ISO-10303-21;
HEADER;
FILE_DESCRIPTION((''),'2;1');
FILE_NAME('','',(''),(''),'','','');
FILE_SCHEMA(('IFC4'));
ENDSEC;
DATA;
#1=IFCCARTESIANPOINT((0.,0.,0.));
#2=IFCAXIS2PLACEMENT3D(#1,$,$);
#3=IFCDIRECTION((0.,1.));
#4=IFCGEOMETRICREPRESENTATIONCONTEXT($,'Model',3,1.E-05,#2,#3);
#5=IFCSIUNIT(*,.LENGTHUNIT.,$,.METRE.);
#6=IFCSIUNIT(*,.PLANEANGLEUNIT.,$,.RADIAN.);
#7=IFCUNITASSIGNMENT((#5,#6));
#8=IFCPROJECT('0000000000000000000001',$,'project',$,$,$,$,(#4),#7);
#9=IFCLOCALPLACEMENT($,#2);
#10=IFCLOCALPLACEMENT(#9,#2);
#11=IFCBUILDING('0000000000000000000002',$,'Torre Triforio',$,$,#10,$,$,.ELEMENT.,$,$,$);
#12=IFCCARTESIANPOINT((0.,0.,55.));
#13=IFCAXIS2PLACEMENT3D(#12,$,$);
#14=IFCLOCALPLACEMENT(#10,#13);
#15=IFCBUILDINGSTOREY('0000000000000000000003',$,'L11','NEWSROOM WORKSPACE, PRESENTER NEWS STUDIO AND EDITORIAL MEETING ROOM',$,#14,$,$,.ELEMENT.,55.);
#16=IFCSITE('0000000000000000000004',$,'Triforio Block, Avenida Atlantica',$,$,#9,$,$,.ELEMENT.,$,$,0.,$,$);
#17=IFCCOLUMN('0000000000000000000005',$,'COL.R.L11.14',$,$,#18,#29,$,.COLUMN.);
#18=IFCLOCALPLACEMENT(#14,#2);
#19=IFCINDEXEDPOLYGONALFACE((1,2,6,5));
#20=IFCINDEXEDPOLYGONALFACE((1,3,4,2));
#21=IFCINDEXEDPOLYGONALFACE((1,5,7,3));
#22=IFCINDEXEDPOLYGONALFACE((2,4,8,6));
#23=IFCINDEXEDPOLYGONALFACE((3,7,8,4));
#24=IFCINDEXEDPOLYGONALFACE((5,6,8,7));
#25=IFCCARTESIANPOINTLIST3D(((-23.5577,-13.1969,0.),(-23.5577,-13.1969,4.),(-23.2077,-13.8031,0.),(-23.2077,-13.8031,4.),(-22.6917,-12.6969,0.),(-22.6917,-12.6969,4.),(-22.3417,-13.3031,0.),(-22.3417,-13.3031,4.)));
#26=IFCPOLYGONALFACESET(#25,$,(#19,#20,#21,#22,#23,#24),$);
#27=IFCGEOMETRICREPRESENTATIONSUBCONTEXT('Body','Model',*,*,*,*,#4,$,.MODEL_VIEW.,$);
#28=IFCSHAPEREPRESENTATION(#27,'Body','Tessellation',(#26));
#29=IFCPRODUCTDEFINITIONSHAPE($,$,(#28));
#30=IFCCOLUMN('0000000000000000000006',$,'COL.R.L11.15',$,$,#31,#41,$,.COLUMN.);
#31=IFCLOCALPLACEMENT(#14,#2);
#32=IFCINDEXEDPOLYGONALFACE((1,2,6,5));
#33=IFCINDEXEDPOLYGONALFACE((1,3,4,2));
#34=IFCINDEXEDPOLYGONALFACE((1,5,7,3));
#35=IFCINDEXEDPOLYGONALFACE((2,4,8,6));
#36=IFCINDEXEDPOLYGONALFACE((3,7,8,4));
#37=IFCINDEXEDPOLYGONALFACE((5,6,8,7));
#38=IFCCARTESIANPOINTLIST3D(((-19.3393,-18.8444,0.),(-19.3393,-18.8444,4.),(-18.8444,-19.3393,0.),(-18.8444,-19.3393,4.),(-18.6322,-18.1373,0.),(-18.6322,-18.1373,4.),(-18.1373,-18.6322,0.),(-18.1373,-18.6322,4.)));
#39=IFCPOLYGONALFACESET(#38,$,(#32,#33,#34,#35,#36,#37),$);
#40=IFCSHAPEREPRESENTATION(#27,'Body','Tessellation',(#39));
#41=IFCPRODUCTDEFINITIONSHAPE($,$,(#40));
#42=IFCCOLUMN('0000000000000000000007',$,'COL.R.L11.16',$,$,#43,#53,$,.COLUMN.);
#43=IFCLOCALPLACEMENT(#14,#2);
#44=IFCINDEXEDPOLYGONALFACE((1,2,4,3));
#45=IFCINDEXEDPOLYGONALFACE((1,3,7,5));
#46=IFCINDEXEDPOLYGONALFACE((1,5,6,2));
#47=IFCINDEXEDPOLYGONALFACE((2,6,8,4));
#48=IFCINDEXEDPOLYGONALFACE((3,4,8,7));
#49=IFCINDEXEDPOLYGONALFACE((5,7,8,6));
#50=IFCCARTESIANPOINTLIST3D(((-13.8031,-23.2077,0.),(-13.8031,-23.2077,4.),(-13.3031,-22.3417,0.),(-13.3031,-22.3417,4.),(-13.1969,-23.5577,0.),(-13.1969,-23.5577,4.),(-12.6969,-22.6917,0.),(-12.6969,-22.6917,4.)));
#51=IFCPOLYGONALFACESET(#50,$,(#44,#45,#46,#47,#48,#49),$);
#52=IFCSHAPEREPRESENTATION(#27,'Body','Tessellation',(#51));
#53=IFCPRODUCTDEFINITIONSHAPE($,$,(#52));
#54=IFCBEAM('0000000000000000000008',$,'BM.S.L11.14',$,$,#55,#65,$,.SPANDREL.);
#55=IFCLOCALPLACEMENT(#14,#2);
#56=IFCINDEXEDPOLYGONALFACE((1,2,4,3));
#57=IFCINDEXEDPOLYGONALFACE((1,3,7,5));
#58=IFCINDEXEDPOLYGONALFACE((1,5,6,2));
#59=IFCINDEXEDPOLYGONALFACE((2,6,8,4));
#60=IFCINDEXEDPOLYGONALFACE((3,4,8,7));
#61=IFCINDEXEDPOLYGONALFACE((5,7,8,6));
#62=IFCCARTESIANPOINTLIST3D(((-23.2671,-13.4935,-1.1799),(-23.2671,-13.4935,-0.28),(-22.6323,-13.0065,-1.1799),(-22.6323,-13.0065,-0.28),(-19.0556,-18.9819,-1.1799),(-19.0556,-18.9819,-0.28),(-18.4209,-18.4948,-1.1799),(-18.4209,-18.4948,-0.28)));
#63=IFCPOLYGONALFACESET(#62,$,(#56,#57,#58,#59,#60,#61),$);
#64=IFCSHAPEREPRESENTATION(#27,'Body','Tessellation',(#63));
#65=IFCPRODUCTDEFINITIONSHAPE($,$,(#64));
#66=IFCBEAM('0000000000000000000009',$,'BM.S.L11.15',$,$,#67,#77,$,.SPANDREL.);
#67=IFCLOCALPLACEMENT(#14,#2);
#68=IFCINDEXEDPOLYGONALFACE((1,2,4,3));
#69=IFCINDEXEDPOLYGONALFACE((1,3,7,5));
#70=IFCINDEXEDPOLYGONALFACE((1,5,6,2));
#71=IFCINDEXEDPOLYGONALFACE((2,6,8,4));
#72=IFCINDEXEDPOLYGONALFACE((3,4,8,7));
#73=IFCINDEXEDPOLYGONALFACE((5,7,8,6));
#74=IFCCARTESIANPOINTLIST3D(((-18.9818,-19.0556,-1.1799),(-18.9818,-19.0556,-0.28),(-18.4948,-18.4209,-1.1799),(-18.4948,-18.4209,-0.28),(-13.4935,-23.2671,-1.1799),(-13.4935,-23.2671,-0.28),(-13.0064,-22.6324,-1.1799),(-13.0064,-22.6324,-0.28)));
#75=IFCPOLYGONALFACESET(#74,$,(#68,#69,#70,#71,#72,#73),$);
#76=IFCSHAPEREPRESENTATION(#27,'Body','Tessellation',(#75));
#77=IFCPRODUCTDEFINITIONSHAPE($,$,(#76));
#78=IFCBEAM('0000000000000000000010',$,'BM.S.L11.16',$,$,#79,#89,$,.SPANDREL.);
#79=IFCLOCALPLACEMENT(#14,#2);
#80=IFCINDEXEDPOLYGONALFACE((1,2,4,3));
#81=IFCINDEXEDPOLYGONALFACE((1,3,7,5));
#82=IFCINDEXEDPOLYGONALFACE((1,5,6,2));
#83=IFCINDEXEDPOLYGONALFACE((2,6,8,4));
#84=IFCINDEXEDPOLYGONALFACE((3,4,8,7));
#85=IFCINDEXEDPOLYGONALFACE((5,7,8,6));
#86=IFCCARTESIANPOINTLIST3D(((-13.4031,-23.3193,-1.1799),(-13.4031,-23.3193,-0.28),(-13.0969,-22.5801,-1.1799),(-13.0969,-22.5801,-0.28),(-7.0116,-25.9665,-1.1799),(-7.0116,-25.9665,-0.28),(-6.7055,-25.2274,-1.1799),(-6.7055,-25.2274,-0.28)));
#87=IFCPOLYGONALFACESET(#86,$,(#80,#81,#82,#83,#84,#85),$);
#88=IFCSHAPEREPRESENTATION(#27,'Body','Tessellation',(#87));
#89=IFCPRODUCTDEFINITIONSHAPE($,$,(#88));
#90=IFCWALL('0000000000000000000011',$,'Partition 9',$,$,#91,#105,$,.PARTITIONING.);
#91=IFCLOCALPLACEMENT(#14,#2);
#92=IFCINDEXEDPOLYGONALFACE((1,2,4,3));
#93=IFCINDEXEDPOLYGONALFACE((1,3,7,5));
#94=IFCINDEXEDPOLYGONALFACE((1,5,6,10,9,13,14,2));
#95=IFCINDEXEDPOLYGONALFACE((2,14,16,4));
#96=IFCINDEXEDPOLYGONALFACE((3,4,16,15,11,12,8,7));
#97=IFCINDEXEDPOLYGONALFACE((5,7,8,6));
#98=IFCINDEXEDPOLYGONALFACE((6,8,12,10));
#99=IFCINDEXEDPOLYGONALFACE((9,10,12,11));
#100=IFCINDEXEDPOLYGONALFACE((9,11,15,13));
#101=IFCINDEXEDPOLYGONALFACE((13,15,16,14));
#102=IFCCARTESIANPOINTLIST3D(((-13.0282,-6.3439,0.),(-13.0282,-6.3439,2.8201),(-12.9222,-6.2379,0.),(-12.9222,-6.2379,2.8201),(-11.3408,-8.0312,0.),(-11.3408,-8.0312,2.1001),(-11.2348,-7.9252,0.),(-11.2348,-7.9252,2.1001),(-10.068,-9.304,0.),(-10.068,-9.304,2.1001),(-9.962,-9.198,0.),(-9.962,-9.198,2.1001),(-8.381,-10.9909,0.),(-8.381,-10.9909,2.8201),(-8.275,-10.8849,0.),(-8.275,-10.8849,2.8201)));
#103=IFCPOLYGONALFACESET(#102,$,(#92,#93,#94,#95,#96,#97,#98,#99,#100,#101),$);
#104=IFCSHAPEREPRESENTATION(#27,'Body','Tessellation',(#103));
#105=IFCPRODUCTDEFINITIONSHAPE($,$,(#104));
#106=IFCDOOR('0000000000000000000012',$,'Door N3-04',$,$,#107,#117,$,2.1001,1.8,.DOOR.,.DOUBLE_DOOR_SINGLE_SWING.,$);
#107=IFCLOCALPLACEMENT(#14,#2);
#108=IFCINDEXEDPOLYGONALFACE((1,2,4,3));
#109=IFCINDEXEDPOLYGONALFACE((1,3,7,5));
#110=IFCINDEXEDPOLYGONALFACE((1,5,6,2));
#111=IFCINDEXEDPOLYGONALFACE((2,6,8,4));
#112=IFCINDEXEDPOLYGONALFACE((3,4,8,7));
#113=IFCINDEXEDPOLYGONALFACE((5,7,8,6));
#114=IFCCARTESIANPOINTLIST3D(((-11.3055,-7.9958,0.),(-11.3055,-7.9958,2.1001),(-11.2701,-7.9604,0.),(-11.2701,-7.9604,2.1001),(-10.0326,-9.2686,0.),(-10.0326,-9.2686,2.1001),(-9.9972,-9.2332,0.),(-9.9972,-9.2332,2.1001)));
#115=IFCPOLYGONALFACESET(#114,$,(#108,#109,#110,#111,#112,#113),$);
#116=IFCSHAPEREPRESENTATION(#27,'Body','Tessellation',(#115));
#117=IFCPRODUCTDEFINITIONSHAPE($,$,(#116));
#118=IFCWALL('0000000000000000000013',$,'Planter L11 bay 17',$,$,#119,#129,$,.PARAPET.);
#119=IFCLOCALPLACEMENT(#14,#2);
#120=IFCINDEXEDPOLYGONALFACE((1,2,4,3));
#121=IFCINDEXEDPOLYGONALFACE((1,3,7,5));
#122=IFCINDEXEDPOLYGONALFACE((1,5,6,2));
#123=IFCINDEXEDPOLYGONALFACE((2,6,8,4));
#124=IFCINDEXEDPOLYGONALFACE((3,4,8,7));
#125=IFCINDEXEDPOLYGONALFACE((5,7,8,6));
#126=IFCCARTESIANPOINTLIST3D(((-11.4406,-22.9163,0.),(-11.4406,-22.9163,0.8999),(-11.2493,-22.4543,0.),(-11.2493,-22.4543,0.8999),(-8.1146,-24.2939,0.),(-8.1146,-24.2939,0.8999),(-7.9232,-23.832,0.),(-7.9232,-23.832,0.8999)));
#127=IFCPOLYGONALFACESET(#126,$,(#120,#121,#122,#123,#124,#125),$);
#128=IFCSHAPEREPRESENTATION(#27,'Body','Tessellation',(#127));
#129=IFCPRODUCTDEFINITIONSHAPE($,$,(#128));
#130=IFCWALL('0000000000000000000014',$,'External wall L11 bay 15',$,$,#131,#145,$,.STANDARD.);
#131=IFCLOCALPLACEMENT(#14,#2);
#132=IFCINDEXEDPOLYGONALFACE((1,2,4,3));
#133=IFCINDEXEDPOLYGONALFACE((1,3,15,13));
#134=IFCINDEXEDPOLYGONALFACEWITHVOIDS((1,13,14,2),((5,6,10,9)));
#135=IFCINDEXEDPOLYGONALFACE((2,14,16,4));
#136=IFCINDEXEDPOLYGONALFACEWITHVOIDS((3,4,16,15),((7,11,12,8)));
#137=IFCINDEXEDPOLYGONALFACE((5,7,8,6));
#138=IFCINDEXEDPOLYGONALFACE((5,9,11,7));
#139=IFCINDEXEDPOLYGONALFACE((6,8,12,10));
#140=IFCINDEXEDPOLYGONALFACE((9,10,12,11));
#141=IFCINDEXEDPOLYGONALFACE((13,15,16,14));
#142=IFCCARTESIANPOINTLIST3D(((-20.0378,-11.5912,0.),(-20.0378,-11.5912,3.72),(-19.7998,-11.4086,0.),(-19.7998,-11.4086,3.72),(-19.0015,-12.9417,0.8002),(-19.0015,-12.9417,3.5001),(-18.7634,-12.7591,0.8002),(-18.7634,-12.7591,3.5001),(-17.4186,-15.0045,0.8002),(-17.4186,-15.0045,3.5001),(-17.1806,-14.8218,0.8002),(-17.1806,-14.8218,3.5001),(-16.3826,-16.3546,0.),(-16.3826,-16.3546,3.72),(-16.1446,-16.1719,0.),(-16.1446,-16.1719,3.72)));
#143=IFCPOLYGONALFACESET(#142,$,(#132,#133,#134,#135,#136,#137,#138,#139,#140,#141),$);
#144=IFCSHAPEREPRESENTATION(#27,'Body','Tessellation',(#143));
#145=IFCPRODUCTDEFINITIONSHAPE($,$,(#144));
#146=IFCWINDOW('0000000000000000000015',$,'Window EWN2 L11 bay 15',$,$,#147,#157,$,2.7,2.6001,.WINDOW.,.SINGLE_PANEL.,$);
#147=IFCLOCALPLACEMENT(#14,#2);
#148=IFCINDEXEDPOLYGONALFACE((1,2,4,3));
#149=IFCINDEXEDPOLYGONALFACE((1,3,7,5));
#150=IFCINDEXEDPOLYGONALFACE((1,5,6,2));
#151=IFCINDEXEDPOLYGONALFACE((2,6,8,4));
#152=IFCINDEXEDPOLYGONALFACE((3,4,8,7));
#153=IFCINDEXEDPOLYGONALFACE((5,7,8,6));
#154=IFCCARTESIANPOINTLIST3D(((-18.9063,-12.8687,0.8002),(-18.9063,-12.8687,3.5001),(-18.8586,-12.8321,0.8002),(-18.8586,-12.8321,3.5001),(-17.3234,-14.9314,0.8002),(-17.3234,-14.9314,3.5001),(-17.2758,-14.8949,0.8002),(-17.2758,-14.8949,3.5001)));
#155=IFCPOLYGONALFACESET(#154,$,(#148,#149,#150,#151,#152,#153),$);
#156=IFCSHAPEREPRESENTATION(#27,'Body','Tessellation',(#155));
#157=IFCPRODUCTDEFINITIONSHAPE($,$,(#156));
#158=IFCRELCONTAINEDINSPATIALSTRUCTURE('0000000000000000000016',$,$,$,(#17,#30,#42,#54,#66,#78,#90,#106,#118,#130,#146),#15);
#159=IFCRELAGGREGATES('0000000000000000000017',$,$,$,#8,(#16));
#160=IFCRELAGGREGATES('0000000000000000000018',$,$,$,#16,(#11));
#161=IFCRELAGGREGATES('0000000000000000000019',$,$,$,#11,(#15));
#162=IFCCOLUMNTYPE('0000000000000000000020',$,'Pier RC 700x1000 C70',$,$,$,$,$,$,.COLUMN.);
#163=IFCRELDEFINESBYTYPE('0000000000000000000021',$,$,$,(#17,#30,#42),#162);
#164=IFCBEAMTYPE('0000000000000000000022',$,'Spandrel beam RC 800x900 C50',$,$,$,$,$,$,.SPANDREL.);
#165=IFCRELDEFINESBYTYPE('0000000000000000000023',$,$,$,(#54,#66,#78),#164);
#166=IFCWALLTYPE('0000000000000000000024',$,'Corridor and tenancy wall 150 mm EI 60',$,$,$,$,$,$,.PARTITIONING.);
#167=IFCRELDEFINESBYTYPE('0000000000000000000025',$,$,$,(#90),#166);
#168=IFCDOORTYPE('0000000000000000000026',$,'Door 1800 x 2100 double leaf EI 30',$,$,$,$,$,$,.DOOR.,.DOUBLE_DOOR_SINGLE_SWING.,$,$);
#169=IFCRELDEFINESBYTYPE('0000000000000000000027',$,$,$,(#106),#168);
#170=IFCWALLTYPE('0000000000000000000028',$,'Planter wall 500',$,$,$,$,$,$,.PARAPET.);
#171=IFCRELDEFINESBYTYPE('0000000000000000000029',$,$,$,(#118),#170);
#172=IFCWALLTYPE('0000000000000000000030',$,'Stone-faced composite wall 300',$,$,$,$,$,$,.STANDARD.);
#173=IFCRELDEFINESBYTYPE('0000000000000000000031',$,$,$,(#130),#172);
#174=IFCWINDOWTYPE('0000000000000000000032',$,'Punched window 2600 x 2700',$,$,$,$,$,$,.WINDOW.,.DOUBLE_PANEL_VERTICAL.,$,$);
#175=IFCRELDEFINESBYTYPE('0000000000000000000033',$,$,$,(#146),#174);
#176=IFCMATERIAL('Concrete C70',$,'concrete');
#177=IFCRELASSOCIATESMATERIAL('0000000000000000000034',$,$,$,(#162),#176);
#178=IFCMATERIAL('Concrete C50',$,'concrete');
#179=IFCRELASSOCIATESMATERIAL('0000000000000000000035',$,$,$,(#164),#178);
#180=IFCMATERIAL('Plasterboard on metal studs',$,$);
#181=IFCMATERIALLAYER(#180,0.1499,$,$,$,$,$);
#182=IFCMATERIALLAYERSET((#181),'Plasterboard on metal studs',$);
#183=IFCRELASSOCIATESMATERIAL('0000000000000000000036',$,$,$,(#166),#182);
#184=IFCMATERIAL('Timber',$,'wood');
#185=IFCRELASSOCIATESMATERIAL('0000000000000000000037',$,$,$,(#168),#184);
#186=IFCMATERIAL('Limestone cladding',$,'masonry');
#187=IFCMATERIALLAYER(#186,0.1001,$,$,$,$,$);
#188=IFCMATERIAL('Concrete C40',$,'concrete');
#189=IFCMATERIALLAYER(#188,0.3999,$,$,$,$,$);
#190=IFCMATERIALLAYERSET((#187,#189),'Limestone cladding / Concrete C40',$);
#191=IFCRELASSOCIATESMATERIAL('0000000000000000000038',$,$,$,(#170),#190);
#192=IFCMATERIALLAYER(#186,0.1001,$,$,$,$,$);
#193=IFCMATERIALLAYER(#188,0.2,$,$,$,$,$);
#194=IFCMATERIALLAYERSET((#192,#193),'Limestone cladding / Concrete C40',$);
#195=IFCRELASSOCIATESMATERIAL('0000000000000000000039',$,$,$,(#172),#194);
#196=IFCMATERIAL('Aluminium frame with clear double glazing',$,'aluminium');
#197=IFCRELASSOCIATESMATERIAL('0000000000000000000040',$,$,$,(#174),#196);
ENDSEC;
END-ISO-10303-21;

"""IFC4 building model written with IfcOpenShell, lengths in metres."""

from ifc_helpers import new_model, si_unit, direction, frame, frame_2d, origin, origin_2d, place, context, subcontext, project, spatial, rectangle, extrude, material, layer, layer_set, material_profile, profile_set, type_object, element, fill, save


model = new_model("IFC4")

# Units and contexts
model_context = context("Model", 3, precision=1e-05, world=origin(), true_north=direction((0.0, 1.0)))
body_context = subcontext(model_context, "Body", "Model", "MODEL_VIEW")
ifc_project = project(units=[si_unit("LENGTHUNIT", "METRE"), si_unit("PLANEANGLEUNIT", "RADIAN")], contexts=[model_context])

# Site, building, storey
site_placement = place(None, origin())
site = spatial("IfcSite", under=ifc_project, at=site_placement, Name="Triforio Block, Avenida Atlantica", CompositionType="ELEMENT", RefElevation=0.0)
building_placement = place(site_placement, origin())
building = spatial("IfcBuilding", under=site, at=building_placement, Name="Torre Triforio", CompositionType="ELEMENT")
storey_placement = place(building_placement, frame((0.0, 0.0, 55.0)))
storey = spatial("IfcBuildingStorey", under=building, at=storey_placement, Name="L11", Description="NEWSROOM WORKSPACE, PRESENTER NEWS STUDIO AND EDITORIAL MEETING ROOM", CompositionType="ELEMENT", Elevation=55.0)

# Columns
ifc_material_1 = material(Name="Concrete C70", Category="concrete")
ifc_material_profile_1 = material_profile(ifc_material_1, rectangle(XDim=0.7, YDim=1.0, at=origin_2d()), Name="RC 700x1000")
ifc_profile_set_1 = profile_set([ifc_material_profile_1], Name="Concrete C70")
column_type = type_object("IfcColumnType", Name="Pier RC 700x1000 C70", PredefinedType="COLUMN", material=ifc_profile_set_1)
for number, where, z_axis, x_axis, name in (
    (1, (-22.9497, -13.25, 0.0), (0.0, 0.0, 1.0), (0.5, -0.866025, 0.0), "COL.R.L11.14"),
    (2, (-18.7383, -18.7383, 0.0), (0.0, 0.0, 1.0), (0.707107, -0.707107, 0.0), "COL.R.L11.15"),
    (3, (-13.25, -22.9497, 0.0), (0.0, 0.0, 1.0), (0.866025, -0.5, 0.0), "COL.R.L11.16"),
):
    element("IfcColumn", number, at=place(storey_placement, frame(where, z_axis=z_axis, x_axis=x_axis)), inside=storey, type_object=column_type, Name=name, PredefinedType="COLUMN", context=body_context, shape_type="SweptSolid", body=[
        extrude(rectangle(XDim=0.7, YDim=1.0, at=origin_2d()), origin(), (0.0, 0.0, 1.0), 4.0),
    ])

# Beams
ifc_material_2 = material(Name="Concrete C50", Category="concrete")
ifc_material_profile_2 = material_profile(ifc_material_2, rectangle(XDim=0.8, YDim=0.8999, at=origin_2d()), Name="RC 800x900")
ifc_profile_set_2 = profile_set([ifc_material_profile_2], Name="Concrete C50")
beam_type = type_object("IfcBeamType", Name="Spandrel beam RC 800x900 C50", PredefinedType="SPANDREL", material=ifc_profile_set_2)
for number, where, z_axis, x_axis, name in (
    (4, (-22.9497, -13.25, -0.73), (0.608772, -0.793345, 0.0), (0.793345, 0.608772, 0.0), "BM.S.L11.14"),
    (5, (-18.7383, -18.7383, -0.73), (0.793345, -0.608772, 0.0), (0.608772, 0.793345, 0.0), "BM.S.L11.15"),
    (6, (-13.25, -22.9497, -0.73), (0.923888, -0.382662, 0.0), (0.382662, 0.923888, 0.0), "BM.S.L11.16"),
):
    element("IfcBeam", number, at=place(storey_placement, frame(where, z_axis=z_axis, x_axis=x_axis)), inside=storey, type_object=beam_type, Name=name, PredefinedType="SPANDREL", context=body_context, shape_type="SweptSolid", body=[
        extrude(rectangle(XDim=0.8, YDim=0.8999, at=origin_2d()), origin(), (0.0, 0.0, 1.0), 6.918),
    ])

# Wall, opening, door
ifc_material_3 = material(Name="Plasterboard on metal studs")
ifc_layer_1 = layer(ifc_material_3, 0.1499)
ifc_layer_set_1 = layer_set([ifc_layer_1], Name="Plasterboard on metal studs")
wall_type_1 = type_object("IfcWallType", Name="Corridor and tenancy wall 150 mm EI 60", PredefinedType="PARTITIONING", material=ifc_layer_set_1)
wall_1_placement = place(storey_placement, frame((-8.3279, -10.938, 0.0), z_axis=(0.0, 0.0, 1.0), x_axis=(-0.707125, 0.707088, 0.0)))
wall_1 = element("IfcWall", 7, at=wall_1_placement, inside=storey, type_object=wall_type_1, Name="Partition 9", PredefinedType="PARTITIONING", context=body_context, shape_type="SweptSolid", body=[
    extrude(rectangle(XDim=6.572, YDim=0.1499, at=frame_2d((3.2861, 0.0))), origin(), (0.0, 0.0, 1.0), 2.8201),
])
opening_1_placement = place(wall_1_placement, frame((2.386, 0.0, 0.0)))
opening_1 = element("IfcOpeningElement", 8, at=opening_1_placement, cuts=wall_1, PredefinedType="OPENING", context=body_context, shape_type="SweptSolid", body=[
    extrude(rectangle(XDim=1.8, YDim=2.1001, at=frame_2d((0.8999, 1.05))), frame((0.0, 0.085, 0.0), z_axis=(0.0, -1.0, 0.0), x_axis=(1.0, 0.0, 0.0)), (0.0, 0.0, 1.0), 0.1699),
])
ifc_material_4 = material(Name="Timber", Category="wood")
door_type_1 = type_object("IfcDoorType", Name="Door 1800 x 2100 double leaf EI 30", OperationType="DOUBLE_DOOR_SINGLE_SWING", PredefinedType="DOOR", material=ifc_material_4)
door_1_placement = place(opening_1_placement, origin())
door_1 = element("IfcDoor", 9, at=door_1_placement, inside=storey, type_object=door_type_1, Name="Door N3-04", OperationType="DOUBLE_DOOR_SINGLE_SWING", OverallHeight=2.1001, OverallWidth=1.8, PredefinedType="DOOR", context=body_context, shape_type="SweptSolid", body=[
    extrude(rectangle(XDim=1.8, YDim=2.1001, at=frame_2d((0.8999, 1.05))), frame((0.0, 0.0249, 0.0), z_axis=(0.0, -1.0, 0.0), x_axis=(1.0, 0.0, 0.0)), (0.0, 0.0, 1.0), 0.05),
])
fill(opening_1, door_1)

# Wall
ifc_material_5 = material(Name="Limestone cladding", Category="masonry")
ifc_layer_2 = layer(ifc_material_5, 0.1001)
ifc_material_6 = material(Name="Concrete C40", Category="concrete")
ifc_layer_3 = layer(ifc_material_6, 0.3999)
ifc_layer_set_2 = layer_set([ifc_layer_2, ifc_layer_3], Name="Limestone cladding / Concrete C40")
wall_type_2 = type_object("IfcWallType", Name="Planter wall 500", PredefinedType="PARAPET", material=ifc_layer_set_2)
wall_2_placement = place(storey_placement, frame((-11.345, -22.6853, 0.0), z_axis=(0.0, 0.0, 1.0), x_axis=(0.923885, -0.382669, 0.0)))
element("IfcWall", 10, at=wall_2_placement, inside=storey, type_object=wall_type_2, Name="Planter L11 bay 17", PredefinedType="PARAPET", context=body_context, shape_type="SweptSolid", body=[
    extrude(rectangle(XDim=3.6001, YDim=0.5, at=frame_2d((1.8, 0.0))), origin(), (0.0, 0.0, 1.0), 0.8999),
])

# Wall, opening, window
ifc_layer_4 = layer(ifc_material_5, 0.1001)
ifc_layer_5 = layer(ifc_material_6, 0.2)
ifc_layer_set_3 = layer_set([ifc_layer_4, ifc_layer_5], Name="Limestone cladding / Concrete C40")
wall_type_3 = type_object("IfcWallType", Name="Stone-faced composite wall 300", PredefinedType="STANDARD", material=ifc_layer_set_3)
wall_3_placement = place(storey_placement, frame((-19.9187, -11.5, 0.0), z_axis=(0.0, 0.0, 1.0), x_axis=(0.608779, -0.79334, 0.0)))
wall_3 = element("IfcWall", 11, at=wall_3_placement, inside=storey, type_object=wall_type_3, Name="External wall L11 bay 15", PredefinedType="STANDARD", context=body_context, shape_type="SweptSolid", body=[
    extrude(rectangle(XDim=6.0042, YDim=0.3, at=frame_2d((3.002, 0.0))), origin(), (0.0, 0.0, 1.0), 3.72),
])
opening_2_placement = place(wall_3_placement, frame((1.7021, 0.0, 0.8)))
opening_2 = element("IfcOpeningElement", 12, at=opening_2_placement, cuts=wall_3, PredefinedType="OPENING", context=body_context, shape_type="SweptSolid", body=[
    extrude(rectangle(XDim=2.6001, YDim=2.7, at=frame_2d((1.3, 1.3501))), frame((0.0, 0.1599, 0.0), z_axis=(0.0, -1.0, 0.0), x_axis=(1.0, 0.0, 0.0)), (0.0, 0.0, 1.0), 0.3201),
])
ifc_material_7 = material(Name="Aluminium frame with clear double glazing", Category="aluminium")
window_type_1 = type_object("IfcWindowType", Name="Punched window 2600 x 2700", PartitioningType="DOUBLE_PANEL_VERTICAL", PredefinedType="WINDOW", material=ifc_material_7)
window_1_placement = place(opening_2_placement, origin())
window_1 = element("IfcWindow", 13, at=window_1_placement, inside=storey, type_object=window_type_1, Name="Window EWN2 L11 bay 15", OverallHeight=2.7, OverallWidth=2.6001, PartitioningType="SINGLE_PANEL", PredefinedType="WINDOW", context=body_context, shape_type="SweptSolid", body=[
    extrude(rectangle(XDim=2.6001, YDim=2.7, at=frame_2d((1.3, 1.3501))), frame((0.0, 0.03, 0.0), z_axis=(0.0, -1.0, 0.0), x_axis=(1.0, 0.0, 0.0)), (0.0, 0.0, 1.0), 0.0601),
])
fill(opening_2, window_1)

save(model, "model.ifc")
